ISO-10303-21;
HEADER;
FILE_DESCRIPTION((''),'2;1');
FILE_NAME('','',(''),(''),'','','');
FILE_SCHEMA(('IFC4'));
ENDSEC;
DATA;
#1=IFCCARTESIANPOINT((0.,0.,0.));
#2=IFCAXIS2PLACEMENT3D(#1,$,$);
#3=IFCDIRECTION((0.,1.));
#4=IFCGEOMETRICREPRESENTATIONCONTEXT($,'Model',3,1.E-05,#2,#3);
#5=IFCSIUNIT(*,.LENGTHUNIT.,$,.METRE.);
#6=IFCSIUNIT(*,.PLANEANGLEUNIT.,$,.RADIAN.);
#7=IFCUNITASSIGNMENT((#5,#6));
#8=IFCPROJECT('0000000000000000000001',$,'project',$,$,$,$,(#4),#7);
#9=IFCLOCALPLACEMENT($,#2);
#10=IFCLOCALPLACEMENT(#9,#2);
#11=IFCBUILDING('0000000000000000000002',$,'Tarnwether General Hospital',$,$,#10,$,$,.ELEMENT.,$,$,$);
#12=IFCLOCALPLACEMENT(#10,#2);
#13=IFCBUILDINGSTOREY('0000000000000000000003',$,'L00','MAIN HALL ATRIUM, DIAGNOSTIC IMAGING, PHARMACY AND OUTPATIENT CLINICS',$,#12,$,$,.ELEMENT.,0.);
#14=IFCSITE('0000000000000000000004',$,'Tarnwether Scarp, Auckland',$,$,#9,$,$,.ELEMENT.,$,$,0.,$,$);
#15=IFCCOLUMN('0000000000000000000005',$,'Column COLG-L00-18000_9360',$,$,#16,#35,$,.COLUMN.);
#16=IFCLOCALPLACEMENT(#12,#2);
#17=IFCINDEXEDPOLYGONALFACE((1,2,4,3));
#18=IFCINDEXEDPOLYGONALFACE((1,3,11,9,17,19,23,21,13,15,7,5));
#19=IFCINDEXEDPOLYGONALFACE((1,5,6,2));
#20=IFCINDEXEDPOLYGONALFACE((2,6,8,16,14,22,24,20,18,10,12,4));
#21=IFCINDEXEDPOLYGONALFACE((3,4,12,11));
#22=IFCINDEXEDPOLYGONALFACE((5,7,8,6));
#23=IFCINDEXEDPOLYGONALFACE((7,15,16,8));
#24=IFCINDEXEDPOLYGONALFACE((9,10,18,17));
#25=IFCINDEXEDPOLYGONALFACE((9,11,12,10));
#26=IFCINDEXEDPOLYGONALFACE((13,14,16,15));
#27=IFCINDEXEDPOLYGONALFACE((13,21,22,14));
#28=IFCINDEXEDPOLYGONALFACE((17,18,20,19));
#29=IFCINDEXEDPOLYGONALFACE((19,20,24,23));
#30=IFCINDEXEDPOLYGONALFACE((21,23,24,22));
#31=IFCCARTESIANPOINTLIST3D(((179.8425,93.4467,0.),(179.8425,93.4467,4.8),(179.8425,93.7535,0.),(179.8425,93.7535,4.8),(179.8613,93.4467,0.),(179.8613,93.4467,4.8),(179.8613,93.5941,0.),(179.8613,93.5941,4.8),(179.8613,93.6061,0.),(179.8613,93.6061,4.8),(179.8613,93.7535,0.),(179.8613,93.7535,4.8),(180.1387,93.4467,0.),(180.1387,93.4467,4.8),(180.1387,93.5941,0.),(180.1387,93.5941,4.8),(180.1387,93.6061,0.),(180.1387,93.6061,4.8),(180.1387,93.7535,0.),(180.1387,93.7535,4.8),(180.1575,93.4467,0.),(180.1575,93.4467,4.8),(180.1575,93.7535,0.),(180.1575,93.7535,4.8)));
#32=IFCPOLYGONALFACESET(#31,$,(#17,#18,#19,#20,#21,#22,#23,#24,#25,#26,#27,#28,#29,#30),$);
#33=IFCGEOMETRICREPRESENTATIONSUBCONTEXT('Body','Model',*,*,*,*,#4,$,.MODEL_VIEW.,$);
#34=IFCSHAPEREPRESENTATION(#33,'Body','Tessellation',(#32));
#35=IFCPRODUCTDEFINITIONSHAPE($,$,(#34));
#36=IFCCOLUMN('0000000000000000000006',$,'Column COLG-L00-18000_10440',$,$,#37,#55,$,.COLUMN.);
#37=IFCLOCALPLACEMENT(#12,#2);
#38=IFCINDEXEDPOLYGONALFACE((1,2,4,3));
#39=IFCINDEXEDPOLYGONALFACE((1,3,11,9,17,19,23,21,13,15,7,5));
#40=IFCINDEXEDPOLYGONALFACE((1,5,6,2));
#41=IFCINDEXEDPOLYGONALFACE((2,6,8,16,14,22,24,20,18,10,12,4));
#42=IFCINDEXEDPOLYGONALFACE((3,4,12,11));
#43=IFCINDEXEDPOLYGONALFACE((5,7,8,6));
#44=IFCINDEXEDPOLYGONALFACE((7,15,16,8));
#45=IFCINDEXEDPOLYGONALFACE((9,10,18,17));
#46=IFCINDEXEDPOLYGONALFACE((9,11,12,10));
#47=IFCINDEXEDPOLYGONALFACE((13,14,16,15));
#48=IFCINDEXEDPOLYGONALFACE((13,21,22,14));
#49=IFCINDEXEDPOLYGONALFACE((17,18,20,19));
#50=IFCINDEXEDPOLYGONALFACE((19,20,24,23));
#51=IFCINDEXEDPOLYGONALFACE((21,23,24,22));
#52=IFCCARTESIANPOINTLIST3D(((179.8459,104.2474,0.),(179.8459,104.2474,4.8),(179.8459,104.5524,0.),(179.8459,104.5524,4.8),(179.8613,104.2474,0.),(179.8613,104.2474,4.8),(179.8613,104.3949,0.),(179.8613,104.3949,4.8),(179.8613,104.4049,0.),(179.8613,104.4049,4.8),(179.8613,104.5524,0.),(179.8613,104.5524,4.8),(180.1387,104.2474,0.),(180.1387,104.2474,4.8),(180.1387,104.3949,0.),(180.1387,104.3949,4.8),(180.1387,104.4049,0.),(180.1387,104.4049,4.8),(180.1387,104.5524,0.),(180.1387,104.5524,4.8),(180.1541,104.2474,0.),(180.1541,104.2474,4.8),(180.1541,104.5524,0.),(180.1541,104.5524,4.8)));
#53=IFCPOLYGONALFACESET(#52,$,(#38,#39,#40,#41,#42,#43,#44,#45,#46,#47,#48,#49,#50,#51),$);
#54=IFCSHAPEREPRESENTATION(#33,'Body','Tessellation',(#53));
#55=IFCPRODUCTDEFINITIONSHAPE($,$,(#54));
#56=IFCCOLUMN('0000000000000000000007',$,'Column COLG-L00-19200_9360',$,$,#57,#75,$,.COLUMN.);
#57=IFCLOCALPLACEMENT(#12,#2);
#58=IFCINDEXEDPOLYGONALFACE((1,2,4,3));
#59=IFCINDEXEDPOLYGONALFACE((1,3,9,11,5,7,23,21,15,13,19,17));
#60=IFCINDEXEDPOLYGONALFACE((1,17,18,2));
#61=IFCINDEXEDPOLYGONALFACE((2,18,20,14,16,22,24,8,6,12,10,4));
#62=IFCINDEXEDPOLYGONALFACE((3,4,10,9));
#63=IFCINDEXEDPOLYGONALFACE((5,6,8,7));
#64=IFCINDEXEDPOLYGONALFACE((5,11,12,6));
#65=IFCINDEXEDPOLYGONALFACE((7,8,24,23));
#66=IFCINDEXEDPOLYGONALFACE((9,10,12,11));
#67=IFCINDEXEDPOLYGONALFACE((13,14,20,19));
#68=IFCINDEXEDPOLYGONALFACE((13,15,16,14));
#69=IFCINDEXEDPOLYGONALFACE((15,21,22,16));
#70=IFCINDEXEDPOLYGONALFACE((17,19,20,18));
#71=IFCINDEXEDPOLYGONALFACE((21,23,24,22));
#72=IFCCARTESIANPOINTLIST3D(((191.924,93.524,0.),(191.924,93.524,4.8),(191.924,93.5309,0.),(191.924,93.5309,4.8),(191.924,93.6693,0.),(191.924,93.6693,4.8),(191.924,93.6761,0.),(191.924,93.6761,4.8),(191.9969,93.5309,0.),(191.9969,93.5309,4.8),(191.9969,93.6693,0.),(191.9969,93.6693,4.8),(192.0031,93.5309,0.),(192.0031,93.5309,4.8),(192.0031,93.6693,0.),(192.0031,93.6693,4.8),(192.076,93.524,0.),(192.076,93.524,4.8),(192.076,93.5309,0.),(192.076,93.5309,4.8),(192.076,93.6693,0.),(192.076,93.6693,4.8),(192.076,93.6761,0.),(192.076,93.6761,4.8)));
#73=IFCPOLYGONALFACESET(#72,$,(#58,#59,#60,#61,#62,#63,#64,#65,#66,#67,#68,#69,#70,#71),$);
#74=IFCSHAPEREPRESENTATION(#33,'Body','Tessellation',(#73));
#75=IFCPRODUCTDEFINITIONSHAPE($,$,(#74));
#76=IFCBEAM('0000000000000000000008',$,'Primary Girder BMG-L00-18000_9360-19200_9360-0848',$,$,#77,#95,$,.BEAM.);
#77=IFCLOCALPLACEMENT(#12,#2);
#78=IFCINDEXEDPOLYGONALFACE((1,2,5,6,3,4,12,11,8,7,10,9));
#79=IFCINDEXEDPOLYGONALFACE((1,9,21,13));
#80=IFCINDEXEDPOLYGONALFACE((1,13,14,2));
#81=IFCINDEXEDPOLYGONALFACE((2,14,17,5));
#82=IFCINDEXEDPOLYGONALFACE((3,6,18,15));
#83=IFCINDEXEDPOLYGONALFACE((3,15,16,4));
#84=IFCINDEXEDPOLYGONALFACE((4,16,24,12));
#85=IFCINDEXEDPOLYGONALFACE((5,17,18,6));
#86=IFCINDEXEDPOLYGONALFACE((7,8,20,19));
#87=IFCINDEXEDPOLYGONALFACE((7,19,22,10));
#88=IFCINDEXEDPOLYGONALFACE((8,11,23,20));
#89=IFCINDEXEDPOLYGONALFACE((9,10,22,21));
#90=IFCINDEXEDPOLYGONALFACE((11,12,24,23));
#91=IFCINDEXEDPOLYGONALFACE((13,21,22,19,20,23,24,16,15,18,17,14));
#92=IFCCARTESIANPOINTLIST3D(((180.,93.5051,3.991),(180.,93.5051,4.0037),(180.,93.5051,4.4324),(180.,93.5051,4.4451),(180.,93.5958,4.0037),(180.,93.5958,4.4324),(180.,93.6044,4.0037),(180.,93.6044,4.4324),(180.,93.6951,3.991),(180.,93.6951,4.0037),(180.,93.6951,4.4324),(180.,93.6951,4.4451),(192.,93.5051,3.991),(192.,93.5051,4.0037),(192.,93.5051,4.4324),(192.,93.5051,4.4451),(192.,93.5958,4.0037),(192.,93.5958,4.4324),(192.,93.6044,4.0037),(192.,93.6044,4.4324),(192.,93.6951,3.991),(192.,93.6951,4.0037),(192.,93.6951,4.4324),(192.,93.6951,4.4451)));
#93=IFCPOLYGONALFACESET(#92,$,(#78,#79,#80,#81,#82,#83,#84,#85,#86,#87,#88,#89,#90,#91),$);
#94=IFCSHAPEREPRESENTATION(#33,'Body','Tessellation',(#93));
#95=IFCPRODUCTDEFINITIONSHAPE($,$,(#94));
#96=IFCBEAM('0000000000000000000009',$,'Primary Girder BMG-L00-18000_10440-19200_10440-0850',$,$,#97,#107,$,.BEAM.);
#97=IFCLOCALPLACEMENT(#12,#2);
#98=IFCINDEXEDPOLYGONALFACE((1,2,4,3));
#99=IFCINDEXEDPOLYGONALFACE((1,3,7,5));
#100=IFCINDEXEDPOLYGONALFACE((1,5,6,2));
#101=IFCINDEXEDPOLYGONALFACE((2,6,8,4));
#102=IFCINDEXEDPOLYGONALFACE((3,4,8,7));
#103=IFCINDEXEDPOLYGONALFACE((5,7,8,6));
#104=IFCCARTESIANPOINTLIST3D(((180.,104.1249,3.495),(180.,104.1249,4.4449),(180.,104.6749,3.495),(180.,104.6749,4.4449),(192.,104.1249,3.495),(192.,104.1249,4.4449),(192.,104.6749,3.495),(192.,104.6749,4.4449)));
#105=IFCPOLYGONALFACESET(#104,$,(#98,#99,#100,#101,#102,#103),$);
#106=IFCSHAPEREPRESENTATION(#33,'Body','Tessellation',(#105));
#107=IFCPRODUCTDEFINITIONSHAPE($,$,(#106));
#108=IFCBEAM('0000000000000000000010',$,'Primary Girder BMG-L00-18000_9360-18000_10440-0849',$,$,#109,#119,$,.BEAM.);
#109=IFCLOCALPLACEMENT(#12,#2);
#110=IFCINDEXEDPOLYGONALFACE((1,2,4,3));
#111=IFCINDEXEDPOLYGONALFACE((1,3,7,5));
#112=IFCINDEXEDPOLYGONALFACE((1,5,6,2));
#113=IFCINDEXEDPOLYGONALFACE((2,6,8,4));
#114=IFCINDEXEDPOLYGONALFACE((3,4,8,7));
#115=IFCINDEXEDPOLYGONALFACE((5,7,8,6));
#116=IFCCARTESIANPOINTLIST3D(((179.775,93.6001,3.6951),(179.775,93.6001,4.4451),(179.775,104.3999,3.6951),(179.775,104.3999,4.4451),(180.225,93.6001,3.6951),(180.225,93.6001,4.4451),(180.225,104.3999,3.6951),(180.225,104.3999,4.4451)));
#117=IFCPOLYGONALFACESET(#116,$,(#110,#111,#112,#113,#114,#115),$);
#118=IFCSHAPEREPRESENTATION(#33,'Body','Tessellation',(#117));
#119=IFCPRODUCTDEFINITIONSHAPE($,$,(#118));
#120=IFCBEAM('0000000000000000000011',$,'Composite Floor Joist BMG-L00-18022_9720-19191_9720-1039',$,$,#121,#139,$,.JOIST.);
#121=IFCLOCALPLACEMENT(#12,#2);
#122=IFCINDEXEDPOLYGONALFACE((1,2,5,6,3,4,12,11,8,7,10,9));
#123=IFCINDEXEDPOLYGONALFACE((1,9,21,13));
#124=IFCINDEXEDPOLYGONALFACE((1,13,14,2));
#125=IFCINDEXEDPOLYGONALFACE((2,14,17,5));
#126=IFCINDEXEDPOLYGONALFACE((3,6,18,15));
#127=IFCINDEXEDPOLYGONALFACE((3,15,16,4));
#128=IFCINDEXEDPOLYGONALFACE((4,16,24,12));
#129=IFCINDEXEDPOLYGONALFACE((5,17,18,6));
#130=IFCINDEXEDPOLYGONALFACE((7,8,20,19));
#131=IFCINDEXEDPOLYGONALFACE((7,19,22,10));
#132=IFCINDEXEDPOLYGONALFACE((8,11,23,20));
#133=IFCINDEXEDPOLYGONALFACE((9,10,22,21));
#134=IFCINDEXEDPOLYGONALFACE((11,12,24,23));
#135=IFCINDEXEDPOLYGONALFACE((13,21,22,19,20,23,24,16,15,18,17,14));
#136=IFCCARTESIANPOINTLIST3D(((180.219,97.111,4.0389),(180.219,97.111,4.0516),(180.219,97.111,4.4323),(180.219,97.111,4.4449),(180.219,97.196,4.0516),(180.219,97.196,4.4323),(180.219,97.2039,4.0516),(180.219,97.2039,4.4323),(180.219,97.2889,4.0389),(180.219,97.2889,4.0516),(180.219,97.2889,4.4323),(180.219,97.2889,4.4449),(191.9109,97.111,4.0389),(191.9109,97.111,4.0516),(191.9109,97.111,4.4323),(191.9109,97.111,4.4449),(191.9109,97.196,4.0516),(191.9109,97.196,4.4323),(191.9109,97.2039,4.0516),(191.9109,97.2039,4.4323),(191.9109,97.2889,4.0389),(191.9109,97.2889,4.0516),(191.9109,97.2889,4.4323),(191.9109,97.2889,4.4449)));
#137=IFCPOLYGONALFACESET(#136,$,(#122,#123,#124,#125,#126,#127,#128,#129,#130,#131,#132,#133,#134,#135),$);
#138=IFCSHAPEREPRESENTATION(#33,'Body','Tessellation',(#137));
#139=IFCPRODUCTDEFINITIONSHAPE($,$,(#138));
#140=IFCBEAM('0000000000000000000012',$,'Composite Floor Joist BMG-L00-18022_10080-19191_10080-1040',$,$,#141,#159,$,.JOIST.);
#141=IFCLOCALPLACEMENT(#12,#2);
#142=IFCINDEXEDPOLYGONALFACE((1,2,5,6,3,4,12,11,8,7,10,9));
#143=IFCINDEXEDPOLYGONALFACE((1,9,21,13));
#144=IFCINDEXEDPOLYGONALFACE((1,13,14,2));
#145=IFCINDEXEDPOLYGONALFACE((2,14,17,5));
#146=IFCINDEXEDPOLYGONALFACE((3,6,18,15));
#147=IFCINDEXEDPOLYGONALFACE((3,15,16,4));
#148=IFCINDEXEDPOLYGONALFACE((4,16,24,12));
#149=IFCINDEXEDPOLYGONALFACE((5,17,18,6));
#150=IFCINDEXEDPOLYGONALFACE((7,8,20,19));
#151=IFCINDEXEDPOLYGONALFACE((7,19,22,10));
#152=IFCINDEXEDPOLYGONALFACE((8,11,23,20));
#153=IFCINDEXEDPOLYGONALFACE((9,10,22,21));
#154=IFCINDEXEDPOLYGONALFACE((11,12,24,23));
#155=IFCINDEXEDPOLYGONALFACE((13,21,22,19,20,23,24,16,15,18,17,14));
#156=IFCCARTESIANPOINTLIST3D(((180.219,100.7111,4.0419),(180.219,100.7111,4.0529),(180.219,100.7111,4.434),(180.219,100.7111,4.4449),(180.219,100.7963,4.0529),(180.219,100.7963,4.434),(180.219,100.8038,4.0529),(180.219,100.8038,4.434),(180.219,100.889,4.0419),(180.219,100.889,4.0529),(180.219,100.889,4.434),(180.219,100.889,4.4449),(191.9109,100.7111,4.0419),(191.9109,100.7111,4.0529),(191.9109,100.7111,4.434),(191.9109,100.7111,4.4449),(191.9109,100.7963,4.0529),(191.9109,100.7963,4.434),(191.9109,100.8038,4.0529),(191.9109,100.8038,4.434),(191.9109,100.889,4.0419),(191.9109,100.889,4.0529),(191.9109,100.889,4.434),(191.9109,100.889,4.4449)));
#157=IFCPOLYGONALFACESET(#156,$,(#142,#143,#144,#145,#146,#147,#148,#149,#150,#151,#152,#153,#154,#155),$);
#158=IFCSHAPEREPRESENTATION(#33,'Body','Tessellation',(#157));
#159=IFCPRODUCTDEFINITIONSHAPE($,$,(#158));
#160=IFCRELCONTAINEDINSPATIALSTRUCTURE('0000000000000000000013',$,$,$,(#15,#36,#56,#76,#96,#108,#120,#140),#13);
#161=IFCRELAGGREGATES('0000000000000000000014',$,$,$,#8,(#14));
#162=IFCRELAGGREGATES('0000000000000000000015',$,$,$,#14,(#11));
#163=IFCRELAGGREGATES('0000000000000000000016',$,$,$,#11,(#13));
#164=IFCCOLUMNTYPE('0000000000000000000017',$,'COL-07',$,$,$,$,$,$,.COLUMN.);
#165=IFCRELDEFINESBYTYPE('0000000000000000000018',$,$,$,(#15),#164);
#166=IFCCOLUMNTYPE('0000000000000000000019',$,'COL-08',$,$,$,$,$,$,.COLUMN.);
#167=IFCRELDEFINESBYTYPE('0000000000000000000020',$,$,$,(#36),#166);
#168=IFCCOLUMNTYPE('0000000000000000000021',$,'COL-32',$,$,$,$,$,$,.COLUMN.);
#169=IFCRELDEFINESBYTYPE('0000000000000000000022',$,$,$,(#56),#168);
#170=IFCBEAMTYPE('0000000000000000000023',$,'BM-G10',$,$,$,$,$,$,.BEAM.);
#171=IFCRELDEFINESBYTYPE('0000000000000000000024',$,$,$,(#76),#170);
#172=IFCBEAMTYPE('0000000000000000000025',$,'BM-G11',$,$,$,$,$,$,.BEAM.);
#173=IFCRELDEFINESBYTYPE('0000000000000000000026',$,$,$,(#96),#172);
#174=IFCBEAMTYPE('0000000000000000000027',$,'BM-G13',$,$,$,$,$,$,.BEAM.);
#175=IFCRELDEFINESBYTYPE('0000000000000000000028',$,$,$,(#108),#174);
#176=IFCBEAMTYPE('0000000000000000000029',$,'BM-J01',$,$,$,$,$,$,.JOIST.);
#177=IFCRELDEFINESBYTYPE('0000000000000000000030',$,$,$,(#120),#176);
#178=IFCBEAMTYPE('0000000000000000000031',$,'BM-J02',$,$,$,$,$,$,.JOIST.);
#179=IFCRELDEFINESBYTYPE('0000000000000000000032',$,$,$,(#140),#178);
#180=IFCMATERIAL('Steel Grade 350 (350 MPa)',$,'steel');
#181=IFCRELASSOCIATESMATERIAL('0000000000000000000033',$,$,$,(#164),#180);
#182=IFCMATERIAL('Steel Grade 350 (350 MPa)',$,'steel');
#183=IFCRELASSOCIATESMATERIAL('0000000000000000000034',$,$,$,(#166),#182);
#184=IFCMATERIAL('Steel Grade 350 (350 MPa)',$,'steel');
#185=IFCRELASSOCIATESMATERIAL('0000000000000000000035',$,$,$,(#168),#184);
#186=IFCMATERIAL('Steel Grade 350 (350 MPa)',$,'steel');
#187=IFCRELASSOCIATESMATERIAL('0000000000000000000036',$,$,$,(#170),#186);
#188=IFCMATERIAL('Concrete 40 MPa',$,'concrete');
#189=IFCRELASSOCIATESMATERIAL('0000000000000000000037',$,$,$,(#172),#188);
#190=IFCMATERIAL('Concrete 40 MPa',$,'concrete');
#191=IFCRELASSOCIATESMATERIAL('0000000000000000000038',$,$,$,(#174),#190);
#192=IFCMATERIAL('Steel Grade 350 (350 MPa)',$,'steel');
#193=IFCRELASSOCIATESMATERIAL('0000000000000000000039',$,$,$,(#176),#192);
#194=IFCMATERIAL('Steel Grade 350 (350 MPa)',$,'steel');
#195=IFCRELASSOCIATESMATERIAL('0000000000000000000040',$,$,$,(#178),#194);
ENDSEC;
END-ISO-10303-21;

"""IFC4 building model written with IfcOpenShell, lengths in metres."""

from ifc_helpers import new_model, si_unit, direction, frame, origin, origin_2d, place, context, subcontext, project, spatial, rectangle, i_section, extrude, material, material_profile, profile_set, type_object, element, save


model = new_model("IFC4")

# Units and contexts
model_context = context("Model", 3, precision=1e-05, world=origin(), true_north=direction((0.0, 1.0)))
body_context = subcontext(model_context, "Body", "Model", "MODEL_VIEW")
ifc_project = project(units=[si_unit("LENGTHUNIT", "METRE"), si_unit("PLANEANGLEUNIT", "RADIAN")], contexts=[model_context])

# Site, building, storey
site_placement = place(None, origin())
site = spatial("IfcSite", under=ifc_project, at=site_placement, Name="Tarnwether Scarp, Auckland", CompositionType="ELEMENT", RefElevation=0.0)
building_placement = place(site_placement, origin())
building = spatial("IfcBuilding", under=site, at=building_placement, Name="Tarnwether General Hospital", CompositionType="ELEMENT")
storey_placement = place(building_placement, origin())
storey = spatial("IfcBuildingStorey", under=building, at=storey_placement, Name="L00", Description="MAIN HALL ATRIUM, DIAGNOSTIC IMAGING, PHARMACY AND OUTPATIENT CLINICS", CompositionType="ELEMENT", Elevation=0.0)

# Columns
ifc_material_1 = material(Name="Steel Grade 350 (350 MPa)", Category="steel")
ifc_material_profile_1 = material_profile(ifc_material_1, i_section(OverallWidth=0.3069, OverallDepth=0.3149, WebThickness=0.012, FlangeThickness=0.0188, at=origin_2d()), Name="310UC118")
ifc_profile_set_1 = profile_set([ifc_material_profile_1], Name="Steel Grade 350 (350 MPa)")
column_type_1 = type_object("IfcColumnType", Name="COL-07", PredefinedType="COLUMN", material=ifc_profile_set_1)
column_1_placement = place(storey_placement, frame((180.0, 93.6001, 0.0), z_axis=(0.0, 0.0, 1.0), x_axis=(0.0, 1.0, 0.0)))
element("IfcColumn", 1, at=column_1_placement, inside=storey, type_object=column_type_1, Name="Column COLG-L00-18000_9360", PredefinedType="COLUMN", context=body_context, shape_type="SweptSolid", body=[
    extrude(i_section(OverallWidth=0.3069, OverallDepth=0.3149, WebThickness=0.012, FlangeThickness=0.0188, at=origin_2d()), origin(), (0.0, 0.0, 1.0), 4.8),
])
ifc_material_2 = material(Name="Steel Grade 350 (350 MPa)", Category="steel")
ifc_material_profile_2 = material_profile(ifc_material_2, i_section(OverallWidth=0.3049, OverallDepth=0.3081, WebThickness=0.01, FlangeThickness=0.0154, at=origin_2d()), Name="310UC96.8")
ifc_profile_set_2 = profile_set([ifc_material_profile_2], Name="Steel Grade 350 (350 MPa)")
column_type_2 = type_object("IfcColumnType", Name="COL-08", PredefinedType="COLUMN", material=ifc_profile_set_2)
column_2_placement = place(storey_placement, frame((180.0, 104.3999, 0.0), z_axis=(0.0, 0.0, 1.0), x_axis=(0.0, 1.0, 0.0)))
element("IfcColumn", 2, at=column_2_placement, inside=storey, type_object=column_type_2, Name="Column COLG-L00-18000_10440", PredefinedType="COLUMN", context=body_context, shape_type="SweptSolid", body=[
    extrude(i_section(OverallWidth=0.3049, OverallDepth=0.3081, WebThickness=0.01, FlangeThickness=0.0154, at=origin_2d()), origin(), (0.0, 0.0, 1.0), 4.8),
])
ifc_material_3 = material(Name="Steel Grade 350 (350 MPa)", Category="steel")
ifc_material_profile_3 = material_profile(ifc_material_3, i_section(OverallWidth=0.1521, OverallDepth=0.1521, WebThickness=0.0061, FlangeThickness=0.0068, at=origin_2d()), Name="150UC23.4")
ifc_profile_set_3 = profile_set([ifc_material_profile_3], Name="Steel Grade 350 (350 MPa)")
column_type_3 = type_object("IfcColumnType", Name="COL-32", PredefinedType="COLUMN", material=ifc_profile_set_3)
column_3_placement = place(storey_placement, frame((192.0, 93.6001, 0.0), z_axis=(0.0, 0.0, 1.0), x_axis=(1.0, 0.0, 0.0)))
element("IfcColumn", 3, at=column_3_placement, inside=storey, type_object=column_type_3, Name="Column COLG-L00-19200_9360", PredefinedType="COLUMN", context=body_context, shape_type="SweptSolid", body=[
    extrude(i_section(OverallWidth=0.1521, OverallDepth=0.1521, WebThickness=0.0061, FlangeThickness=0.0068, at=origin_2d()), origin(), (0.0, 0.0, 1.0), 4.8),
])

# Beams
ifc_material_4 = material(Name="Steel Grade 350 (350 MPa)", Category="steel")
ifc_material_profile_4 = material_profile(ifc_material_4, i_section(OverallWidth=0.1899, OverallDepth=0.4541, WebThickness=0.0085, FlangeThickness=0.0127, at=origin_2d()), Name="460UB67.1")
ifc_profile_set_4 = profile_set([ifc_material_profile_4], Name="Steel Grade 350 (350 MPa)")
beam_type_1 = type_object("IfcBeamType", Name="BM-G10", PredefinedType="BEAM", material=ifc_profile_set_4)
beam_1_placement = place(storey_placement, frame((180.0, 93.6001, 4.218), z_axis=(1.0, 0.0, 0.0), x_axis=(0.0, 1.0, 0.0)))
element("IfcBeam", 4, at=beam_1_placement, inside=storey, type_object=beam_type_1, Name="Primary Girder BMG-L00-18000_9360-19200_9360-0848", PredefinedType="BEAM", context=body_context, shape_type="SweptSolid", body=[
    extrude(i_section(OverallWidth=0.1899, OverallDepth=0.4541, WebThickness=0.0085, FlangeThickness=0.0127, at=origin_2d()), origin(), (0.0, 0.0, 1.0), 12.0),
])
ifc_material_5 = material(Name="Concrete 40 MPa", Category="concrete")
ifc_material_profile_5 = material_profile(ifc_material_5, rectangle(XDim=0.55, YDim=0.95, at=origin_2d()), Name="RC-BM-550x950")
ifc_profile_set_5 = profile_set([ifc_material_profile_5], Name="Concrete 40 MPa")
beam_type_2 = type_object("IfcBeamType", Name="BM-G11", PredefinedType="BEAM", material=ifc_profile_set_5)
beam_2_placement = place(storey_placement, frame((180.0, 104.3999, 3.97), z_axis=(1.0, 0.0, 0.0), x_axis=(0.0, 1.0, 0.0)))
element("IfcBeam", 5, at=beam_2_placement, inside=storey, type_object=beam_type_2, Name="Primary Girder BMG-L00-18000_10440-19200_10440-0850", PredefinedType="BEAM", context=body_context, shape_type="SweptSolid", body=[
    extrude(rectangle(XDim=0.55, YDim=0.95, at=origin_2d()), origin(), (0.0, 0.0, 1.0), 12.0),
])
ifc_material_6 = material(Name="Concrete 40 MPa", Category="concrete")
ifc_material_profile_6 = material_profile(ifc_material_6, rectangle(XDim=0.45, YDim=0.75, at=origin_2d()), Name="RC-BM-450x750")
ifc_profile_set_6 = profile_set([ifc_material_profile_6], Name="Concrete 40 MPa")
beam_type_3 = type_object("IfcBeamType", Name="BM-G13", PredefinedType="BEAM", material=ifc_profile_set_6)
beam_3_placement = place(storey_placement, frame((180.0, 93.6001, 4.0701), z_axis=(0.0, 1.0, 0.0), x_axis=(-1.0, 0.0, 0.0)))
element("IfcBeam", 6, at=beam_3_placement, inside=storey, type_object=beam_type_3, Name="Primary Girder BMG-L00-18000_9360-18000_10440-0849", PredefinedType="BEAM", context=body_context, shape_type="SweptSolid", body=[
    extrude(rectangle(XDim=0.45, YDim=0.75, at=origin_2d()), origin(), (0.0, 0.0, 1.0), 10.7998),
])
ifc_material_7 = material(Name="Steel Grade 350 (350 MPa)", Category="steel")
ifc_material_profile_7 = material_profile(ifc_material_7, i_section(OverallWidth=0.178, OverallDepth=0.406, WebThickness=0.0078, FlangeThickness=0.0127, at=origin_2d()), Name="410UB59.7")
ifc_profile_set_7 = profile_set([ifc_material_profile_7], Name="Steel Grade 350 (350 MPa)")
beam_type_4 = type_object("IfcBeamType", Name="BM-J01", PredefinedType="JOIST", material=ifc_profile_set_7)
beam_4_placement = place(storey_placement, frame((180.219, 97.2, 4.2419), z_axis=(1.0, 0.0, 0.0), x_axis=(0.0, 1.0, 0.0)))
element("IfcBeam", 7, at=beam_4_placement, inside=storey, type_object=beam_type_4, Name="Composite Floor Joist BMG-L00-18022_9720-19191_9720-1039", PredefinedType="JOIST", context=body_context, shape_type="SweptSolid", body=[
    extrude(i_section(OverallWidth=0.178, OverallDepth=0.406, WebThickness=0.0078, FlangeThickness=0.0127, at=origin_2d()), origin(), (0.0, 0.0, 1.0), 11.6919),
])
ifc_material_8 = material(Name="Steel Grade 350 (350 MPa)", Category="steel")
ifc_material_profile_8 = material_profile(ifc_material_8, i_section(OverallWidth=0.178, OverallDepth=0.4031, WebThickness=0.0076, FlangeThickness=0.011, at=origin_2d()), Name="410UB53.7")
ifc_profile_set_8 = profile_set([ifc_material_profile_8], Name="Steel Grade 350 (350 MPa)")
beam_type_5 = type_object("IfcBeamType", Name="BM-J02", PredefinedType="JOIST", material=ifc_profile_set_8)
beam_5_placement = place(storey_placement, frame((180.219, 100.8, 4.2434), z_axis=(1.0, 0.0, 0.0), x_axis=(0.0, 1.0, 0.0)))
element("IfcBeam", 8, at=beam_5_placement, inside=storey, type_object=beam_type_5, Name="Composite Floor Joist BMG-L00-18022_10080-19191_10080-1040", PredefinedType="JOIST", context=body_context, shape_type="SweptSolid", body=[
    extrude(i_section(OverallWidth=0.178, OverallDepth=0.4031, WebThickness=0.0076, FlangeThickness=0.011, at=origin_2d()), origin(), (0.0, 0.0, 1.0), 11.6919),
])

save(model, "model.ifc")
